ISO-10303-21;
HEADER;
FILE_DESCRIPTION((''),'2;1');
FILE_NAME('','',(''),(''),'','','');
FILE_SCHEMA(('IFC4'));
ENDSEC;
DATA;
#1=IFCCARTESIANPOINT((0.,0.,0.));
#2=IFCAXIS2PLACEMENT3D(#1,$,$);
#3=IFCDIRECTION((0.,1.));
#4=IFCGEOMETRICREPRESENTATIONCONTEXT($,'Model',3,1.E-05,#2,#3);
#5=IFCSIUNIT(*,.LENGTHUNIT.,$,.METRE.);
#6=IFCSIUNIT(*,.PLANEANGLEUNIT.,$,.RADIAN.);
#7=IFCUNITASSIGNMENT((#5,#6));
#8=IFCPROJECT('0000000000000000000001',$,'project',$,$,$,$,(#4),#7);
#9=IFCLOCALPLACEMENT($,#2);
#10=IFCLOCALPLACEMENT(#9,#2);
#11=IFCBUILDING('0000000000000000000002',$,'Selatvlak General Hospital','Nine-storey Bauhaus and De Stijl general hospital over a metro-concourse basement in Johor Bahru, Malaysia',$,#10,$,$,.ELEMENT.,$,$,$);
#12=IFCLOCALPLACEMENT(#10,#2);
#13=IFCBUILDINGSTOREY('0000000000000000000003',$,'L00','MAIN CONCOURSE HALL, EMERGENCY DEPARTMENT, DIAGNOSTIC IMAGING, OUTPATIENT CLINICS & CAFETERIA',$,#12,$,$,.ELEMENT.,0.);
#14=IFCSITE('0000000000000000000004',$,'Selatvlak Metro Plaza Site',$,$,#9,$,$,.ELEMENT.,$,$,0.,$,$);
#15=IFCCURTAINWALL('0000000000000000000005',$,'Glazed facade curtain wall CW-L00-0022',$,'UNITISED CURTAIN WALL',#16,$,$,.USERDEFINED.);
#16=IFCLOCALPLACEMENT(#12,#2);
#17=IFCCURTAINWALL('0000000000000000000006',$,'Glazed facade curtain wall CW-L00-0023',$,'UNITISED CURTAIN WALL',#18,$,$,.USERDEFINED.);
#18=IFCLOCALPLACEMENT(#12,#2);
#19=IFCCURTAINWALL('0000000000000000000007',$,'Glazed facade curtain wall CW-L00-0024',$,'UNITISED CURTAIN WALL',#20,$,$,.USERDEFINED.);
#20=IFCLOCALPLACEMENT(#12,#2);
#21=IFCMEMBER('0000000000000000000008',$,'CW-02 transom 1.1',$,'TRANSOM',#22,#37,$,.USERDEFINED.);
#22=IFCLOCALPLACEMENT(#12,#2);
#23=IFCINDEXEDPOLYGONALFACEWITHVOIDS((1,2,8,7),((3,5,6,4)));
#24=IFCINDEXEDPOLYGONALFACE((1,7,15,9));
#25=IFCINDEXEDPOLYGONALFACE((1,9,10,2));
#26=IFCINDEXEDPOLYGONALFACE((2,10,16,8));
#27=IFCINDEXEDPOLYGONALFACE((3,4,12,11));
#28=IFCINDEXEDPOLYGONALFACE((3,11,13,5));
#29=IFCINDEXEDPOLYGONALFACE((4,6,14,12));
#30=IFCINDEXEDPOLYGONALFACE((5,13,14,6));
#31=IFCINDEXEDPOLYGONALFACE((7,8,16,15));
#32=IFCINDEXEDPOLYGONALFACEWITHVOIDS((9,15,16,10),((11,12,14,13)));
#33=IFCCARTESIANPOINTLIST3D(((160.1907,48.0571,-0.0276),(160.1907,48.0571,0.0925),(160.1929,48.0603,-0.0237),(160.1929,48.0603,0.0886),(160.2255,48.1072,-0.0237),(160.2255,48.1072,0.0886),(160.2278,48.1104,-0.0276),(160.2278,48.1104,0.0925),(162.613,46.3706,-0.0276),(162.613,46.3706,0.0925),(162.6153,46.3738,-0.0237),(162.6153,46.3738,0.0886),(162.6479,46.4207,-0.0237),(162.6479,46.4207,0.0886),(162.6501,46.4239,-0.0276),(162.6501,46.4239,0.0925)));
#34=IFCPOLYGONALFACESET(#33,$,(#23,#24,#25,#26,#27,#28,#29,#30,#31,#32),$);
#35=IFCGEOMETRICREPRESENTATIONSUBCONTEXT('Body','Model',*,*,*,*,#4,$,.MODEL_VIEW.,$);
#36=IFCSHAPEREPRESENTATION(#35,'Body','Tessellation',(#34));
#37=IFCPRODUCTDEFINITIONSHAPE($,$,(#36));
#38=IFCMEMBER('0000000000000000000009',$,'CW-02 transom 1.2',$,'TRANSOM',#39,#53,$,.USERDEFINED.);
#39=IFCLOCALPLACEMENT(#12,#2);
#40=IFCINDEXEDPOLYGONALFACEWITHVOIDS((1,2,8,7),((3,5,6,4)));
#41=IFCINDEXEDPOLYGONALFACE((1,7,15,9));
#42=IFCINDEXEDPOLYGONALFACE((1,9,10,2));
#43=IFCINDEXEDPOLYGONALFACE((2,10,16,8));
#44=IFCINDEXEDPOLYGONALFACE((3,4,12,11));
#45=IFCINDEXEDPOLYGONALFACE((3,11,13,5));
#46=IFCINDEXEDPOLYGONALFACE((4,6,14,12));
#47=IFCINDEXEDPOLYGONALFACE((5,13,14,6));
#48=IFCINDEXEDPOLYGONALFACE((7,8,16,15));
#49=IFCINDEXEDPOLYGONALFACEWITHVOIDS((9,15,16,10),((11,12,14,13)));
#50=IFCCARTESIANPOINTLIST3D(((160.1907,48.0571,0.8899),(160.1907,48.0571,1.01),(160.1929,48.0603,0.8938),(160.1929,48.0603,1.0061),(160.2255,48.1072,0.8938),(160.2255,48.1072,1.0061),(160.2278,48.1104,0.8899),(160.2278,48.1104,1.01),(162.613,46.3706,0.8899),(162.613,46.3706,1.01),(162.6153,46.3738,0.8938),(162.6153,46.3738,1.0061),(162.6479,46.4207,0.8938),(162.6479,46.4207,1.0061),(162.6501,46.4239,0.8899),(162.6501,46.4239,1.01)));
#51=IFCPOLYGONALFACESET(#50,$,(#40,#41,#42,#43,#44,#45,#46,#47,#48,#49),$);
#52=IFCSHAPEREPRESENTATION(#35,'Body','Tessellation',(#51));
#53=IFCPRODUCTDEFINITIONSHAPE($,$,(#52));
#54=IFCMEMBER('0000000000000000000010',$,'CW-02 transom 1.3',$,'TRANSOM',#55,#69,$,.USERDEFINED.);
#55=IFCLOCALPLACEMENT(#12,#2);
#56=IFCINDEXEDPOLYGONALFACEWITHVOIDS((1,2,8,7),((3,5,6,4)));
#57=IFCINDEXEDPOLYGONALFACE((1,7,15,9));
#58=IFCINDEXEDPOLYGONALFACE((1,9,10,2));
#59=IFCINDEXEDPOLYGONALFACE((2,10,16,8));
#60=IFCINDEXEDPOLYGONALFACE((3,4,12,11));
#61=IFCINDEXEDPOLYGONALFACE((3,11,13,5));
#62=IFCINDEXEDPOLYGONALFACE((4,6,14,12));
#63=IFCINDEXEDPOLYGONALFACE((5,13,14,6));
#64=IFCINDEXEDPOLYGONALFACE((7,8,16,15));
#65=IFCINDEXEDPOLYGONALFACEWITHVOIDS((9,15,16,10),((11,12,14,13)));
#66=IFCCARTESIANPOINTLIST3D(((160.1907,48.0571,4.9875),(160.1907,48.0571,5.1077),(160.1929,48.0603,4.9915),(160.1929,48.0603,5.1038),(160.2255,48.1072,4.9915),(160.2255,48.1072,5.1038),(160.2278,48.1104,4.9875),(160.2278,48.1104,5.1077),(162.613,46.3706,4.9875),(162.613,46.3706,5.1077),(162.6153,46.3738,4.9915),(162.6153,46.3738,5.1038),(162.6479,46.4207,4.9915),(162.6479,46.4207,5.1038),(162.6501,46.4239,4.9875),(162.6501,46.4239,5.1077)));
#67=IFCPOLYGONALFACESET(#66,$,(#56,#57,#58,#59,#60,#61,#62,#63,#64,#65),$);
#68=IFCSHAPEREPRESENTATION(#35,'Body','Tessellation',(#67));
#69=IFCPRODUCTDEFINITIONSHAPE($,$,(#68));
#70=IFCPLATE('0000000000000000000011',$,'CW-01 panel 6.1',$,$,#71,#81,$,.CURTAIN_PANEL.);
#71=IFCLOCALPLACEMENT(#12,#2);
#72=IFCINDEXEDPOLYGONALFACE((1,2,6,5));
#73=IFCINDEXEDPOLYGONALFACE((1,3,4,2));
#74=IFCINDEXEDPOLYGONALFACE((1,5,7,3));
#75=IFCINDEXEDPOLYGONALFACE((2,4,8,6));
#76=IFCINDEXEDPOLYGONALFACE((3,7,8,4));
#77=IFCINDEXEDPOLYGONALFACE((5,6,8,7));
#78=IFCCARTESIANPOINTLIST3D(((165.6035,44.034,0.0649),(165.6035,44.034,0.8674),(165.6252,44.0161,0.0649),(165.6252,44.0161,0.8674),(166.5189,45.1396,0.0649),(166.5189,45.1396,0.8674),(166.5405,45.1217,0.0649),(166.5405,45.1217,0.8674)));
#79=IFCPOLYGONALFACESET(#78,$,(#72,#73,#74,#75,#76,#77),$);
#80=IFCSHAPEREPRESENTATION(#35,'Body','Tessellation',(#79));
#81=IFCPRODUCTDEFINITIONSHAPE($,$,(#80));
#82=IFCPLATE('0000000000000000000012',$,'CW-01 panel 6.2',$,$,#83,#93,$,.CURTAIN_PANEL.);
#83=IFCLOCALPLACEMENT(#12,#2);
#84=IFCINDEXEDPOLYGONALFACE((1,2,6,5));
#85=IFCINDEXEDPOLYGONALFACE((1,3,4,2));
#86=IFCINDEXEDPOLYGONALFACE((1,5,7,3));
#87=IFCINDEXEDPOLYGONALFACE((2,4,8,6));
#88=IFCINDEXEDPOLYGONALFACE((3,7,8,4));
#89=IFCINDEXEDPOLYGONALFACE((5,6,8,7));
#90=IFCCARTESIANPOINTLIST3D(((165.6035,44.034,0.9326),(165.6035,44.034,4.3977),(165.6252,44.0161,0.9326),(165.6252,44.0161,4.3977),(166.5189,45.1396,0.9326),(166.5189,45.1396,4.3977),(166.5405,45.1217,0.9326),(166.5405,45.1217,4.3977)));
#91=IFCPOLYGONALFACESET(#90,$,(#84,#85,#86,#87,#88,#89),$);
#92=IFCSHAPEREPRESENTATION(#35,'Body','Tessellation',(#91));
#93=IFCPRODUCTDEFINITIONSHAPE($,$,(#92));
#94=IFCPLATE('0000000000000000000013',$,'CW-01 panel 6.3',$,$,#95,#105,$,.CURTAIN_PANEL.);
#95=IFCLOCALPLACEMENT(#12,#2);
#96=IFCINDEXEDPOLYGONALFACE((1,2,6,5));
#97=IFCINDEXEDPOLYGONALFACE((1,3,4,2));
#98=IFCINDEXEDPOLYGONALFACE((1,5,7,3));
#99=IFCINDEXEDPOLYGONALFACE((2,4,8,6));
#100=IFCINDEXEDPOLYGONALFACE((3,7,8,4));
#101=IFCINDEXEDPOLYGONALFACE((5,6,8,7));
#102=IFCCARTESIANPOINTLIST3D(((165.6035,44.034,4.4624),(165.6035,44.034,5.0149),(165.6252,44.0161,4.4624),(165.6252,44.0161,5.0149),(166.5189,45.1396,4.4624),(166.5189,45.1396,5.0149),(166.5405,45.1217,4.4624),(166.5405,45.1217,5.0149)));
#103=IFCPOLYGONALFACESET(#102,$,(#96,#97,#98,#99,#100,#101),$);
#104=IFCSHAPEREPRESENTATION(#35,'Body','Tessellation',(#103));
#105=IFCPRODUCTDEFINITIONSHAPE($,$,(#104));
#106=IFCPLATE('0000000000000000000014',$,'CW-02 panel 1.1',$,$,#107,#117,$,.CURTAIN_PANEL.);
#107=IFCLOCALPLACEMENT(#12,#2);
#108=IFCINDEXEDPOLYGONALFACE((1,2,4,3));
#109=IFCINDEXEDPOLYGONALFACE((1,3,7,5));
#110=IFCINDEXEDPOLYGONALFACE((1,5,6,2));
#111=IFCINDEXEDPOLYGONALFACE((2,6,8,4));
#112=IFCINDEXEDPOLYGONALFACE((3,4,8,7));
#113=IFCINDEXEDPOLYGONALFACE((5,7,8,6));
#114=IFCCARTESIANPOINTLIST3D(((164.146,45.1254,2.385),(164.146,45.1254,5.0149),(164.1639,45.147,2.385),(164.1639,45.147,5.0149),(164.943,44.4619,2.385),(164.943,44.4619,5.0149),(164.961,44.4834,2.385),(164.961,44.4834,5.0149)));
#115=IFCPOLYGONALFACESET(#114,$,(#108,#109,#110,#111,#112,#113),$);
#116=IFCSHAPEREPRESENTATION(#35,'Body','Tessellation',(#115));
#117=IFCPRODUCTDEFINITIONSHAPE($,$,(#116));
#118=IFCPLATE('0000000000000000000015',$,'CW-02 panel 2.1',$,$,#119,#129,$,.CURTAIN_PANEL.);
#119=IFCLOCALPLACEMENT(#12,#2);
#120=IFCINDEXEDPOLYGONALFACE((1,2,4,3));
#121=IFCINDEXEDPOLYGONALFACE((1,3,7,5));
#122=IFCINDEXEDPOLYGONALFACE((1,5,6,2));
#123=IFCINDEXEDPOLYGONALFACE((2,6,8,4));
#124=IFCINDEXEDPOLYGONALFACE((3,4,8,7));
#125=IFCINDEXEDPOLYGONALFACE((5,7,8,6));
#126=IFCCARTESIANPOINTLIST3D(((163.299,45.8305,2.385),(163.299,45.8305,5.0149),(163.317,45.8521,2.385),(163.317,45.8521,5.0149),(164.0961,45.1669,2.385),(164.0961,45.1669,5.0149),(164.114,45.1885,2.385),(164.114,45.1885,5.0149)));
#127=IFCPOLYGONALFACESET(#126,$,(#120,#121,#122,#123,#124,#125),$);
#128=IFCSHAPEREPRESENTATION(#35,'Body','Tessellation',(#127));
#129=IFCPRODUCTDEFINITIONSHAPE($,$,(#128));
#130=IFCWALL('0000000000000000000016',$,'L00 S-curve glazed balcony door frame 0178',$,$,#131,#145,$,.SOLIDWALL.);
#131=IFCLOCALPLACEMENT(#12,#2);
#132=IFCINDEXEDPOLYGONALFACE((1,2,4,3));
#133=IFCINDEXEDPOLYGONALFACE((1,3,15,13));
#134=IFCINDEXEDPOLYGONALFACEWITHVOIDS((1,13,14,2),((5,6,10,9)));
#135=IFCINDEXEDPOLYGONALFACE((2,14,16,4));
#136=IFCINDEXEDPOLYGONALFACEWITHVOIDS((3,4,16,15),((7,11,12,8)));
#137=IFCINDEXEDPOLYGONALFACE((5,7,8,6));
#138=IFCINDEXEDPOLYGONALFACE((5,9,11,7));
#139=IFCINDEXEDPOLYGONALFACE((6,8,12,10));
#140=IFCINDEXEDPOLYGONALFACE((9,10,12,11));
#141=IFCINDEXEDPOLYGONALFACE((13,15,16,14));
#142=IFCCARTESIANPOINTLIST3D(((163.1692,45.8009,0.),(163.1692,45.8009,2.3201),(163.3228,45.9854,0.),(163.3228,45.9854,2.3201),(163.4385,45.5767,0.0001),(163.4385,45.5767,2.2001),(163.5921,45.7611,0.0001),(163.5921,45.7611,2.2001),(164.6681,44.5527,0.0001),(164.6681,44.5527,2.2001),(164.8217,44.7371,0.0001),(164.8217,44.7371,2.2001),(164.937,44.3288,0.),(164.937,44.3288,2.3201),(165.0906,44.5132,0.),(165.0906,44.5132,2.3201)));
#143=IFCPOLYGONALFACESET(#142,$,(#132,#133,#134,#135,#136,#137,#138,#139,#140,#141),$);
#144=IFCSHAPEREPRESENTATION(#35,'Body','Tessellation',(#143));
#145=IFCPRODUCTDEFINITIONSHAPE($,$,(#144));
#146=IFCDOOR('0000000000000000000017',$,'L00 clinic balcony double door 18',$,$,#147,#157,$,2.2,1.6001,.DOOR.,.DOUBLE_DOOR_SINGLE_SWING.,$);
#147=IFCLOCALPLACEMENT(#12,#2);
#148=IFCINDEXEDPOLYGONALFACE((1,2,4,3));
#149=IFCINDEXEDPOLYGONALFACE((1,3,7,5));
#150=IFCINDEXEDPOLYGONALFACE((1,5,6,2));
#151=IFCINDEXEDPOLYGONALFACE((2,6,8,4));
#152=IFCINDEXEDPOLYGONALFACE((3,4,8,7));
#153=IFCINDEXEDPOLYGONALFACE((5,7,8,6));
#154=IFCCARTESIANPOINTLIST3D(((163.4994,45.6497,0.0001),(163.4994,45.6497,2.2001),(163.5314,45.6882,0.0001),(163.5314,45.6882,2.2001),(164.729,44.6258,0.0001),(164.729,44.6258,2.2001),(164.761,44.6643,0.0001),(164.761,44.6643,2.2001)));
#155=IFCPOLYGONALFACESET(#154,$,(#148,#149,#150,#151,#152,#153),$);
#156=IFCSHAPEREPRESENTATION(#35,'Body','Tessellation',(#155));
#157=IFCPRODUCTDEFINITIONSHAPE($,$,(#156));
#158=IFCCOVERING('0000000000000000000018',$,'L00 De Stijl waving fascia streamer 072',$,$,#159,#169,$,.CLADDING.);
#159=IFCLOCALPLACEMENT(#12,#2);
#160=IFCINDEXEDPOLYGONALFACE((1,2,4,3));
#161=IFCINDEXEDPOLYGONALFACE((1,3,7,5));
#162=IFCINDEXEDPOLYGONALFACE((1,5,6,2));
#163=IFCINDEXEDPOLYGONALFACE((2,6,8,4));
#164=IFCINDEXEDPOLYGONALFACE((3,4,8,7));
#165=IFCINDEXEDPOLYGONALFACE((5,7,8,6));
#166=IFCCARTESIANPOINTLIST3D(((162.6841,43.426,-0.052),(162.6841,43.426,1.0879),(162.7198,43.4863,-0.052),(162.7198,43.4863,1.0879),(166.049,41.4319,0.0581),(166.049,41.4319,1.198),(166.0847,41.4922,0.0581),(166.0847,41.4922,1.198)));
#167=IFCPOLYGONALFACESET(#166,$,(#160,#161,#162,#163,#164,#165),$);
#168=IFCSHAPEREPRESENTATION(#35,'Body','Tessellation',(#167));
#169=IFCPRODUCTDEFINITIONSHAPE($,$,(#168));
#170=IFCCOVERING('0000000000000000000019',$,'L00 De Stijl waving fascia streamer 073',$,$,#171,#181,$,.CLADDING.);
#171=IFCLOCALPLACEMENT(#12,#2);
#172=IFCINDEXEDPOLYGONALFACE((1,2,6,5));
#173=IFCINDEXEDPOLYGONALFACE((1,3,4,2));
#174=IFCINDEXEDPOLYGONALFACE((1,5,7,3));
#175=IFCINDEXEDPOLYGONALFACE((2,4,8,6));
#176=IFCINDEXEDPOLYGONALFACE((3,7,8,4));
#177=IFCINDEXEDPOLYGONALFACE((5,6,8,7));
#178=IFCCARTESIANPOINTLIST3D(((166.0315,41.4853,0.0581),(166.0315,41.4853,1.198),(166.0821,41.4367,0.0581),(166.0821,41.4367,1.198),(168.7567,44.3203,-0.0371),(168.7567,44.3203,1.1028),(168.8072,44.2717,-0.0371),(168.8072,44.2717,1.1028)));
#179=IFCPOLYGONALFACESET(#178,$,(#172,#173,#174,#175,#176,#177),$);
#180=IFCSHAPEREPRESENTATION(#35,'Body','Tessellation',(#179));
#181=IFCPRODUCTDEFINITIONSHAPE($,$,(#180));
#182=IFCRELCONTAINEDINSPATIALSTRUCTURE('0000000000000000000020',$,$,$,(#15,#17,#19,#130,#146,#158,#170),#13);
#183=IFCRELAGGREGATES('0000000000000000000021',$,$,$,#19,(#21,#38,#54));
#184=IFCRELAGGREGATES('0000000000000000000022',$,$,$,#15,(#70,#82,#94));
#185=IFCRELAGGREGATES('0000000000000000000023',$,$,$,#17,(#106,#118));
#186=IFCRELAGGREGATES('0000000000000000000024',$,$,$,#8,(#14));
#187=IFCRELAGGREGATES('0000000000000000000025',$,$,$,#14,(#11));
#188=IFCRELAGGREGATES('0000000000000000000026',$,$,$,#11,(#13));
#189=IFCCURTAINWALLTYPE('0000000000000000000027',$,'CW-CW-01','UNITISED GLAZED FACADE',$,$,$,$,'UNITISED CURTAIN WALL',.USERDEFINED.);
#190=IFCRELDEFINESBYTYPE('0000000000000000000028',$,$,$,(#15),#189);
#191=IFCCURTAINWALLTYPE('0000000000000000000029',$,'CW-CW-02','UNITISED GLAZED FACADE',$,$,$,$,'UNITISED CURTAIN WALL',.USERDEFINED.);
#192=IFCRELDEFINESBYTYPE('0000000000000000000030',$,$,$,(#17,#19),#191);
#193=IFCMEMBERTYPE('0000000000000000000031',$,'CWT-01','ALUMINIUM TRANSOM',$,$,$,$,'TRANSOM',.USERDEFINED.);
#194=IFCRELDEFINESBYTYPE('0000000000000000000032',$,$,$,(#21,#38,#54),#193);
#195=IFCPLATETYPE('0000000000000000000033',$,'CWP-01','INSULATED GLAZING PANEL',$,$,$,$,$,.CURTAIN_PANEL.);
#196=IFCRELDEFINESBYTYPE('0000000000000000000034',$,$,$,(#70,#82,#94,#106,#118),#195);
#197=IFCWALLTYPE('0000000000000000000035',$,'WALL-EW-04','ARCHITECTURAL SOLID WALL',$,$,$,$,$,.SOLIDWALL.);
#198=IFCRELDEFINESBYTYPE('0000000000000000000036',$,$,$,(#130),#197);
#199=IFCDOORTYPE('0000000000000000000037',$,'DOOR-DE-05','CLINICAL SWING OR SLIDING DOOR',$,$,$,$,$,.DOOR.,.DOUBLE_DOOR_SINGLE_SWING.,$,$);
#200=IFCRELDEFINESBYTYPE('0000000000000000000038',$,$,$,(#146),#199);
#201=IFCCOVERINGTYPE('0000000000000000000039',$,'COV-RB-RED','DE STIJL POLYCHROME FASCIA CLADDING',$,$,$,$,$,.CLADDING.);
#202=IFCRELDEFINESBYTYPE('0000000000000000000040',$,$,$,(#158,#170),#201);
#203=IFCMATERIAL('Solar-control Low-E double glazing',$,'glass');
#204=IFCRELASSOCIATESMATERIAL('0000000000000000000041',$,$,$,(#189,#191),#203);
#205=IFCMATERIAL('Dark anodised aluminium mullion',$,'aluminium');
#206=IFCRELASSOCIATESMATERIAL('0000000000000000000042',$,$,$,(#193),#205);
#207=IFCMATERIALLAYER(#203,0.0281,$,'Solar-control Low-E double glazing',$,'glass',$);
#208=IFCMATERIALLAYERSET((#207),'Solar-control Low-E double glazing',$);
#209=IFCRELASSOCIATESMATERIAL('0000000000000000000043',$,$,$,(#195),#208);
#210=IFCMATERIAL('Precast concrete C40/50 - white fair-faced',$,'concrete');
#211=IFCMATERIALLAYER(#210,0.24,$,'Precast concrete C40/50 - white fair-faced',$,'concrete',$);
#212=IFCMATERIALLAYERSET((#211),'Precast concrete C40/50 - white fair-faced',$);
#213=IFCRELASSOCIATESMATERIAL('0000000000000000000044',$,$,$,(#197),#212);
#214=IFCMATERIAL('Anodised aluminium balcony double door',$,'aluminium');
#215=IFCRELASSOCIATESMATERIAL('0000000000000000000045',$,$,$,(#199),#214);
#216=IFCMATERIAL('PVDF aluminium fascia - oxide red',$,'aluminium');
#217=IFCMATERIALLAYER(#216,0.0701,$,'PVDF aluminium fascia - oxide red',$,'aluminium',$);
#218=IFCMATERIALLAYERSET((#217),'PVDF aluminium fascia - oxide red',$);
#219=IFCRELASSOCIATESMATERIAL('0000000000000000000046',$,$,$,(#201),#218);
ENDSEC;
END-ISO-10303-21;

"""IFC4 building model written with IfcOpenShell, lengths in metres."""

from ifc_helpers import new_model, si_unit, direction, frame, frame_2d, origin, origin_2d, place, context, subcontext, project, spatial, polyline, rectangle, hollow_rectangle, outline, extrude, material, layer, layer_set, material_profile, profile_set, type_object, element, fill, aggregate, save


model = new_model("IFC4")

# Units and contexts
model_context = context("Model", 3, precision=1e-05, world=origin(), true_north=direction((0.0, 1.0)))
body_context = subcontext(model_context, "Body", "Model", "MODEL_VIEW")
ifc_project = project(units=[si_unit("LENGTHUNIT", "METRE"), si_unit("PLANEANGLEUNIT", "RADIAN")], contexts=[model_context])

# Site, building, storey
site_placement = place(None, origin())
site = spatial("IfcSite", under=ifc_project, at=site_placement, Name="Selatvlak Metro Plaza Site", CompositionType="ELEMENT", RefElevation=0.0)
building_placement = place(site_placement, origin())
building = spatial("IfcBuilding", under=site, at=building_placement, Name="Selatvlak General Hospital", Description="Nine-storey Bauhaus and De Stijl general hospital over a metro-concourse basement in Johor Bahru, Malaysia", CompositionType="ELEMENT")
storey_placement = place(building_placement, origin())
storey = spatial("IfcBuildingStorey", under=building, at=storey_placement, Name="L00", Description="MAIN CONCOURSE HALL, EMERGENCY DEPARTMENT, DIAGNOSTIC IMAGING, OUTPATIENT CLINICS & CAFETERIA", CompositionType="ELEMENT", Elevation=0.0)

# Curtain wall
ifc_material_1 = material(Name="Solar-control Low-E double glazing", Category="glass")
curtain_wall_type_1 = type_object("IfcCurtainWallType", Name="CW-CW-01", Description="UNITISED GLAZED FACADE", ElementType="UNITISED CURTAIN WALL", PredefinedType="USERDEFINED", material=ifc_material_1)
curtain_wall_1_placement = place(storey_placement, origin())
curtain_wall_1 = element("IfcCurtainWall", 1, at=curtain_wall_1_placement, inside=storey, type_object=curtain_wall_type_1, Name="Glazed facade curtain wall CW-L00-0022", ObjectType="UNITISED CURTAIN WALL", PredefinedType="USERDEFINED")
ifc_material_2 = material(Name="Dark anodised aluminium mullion", Category="aluminium")

# Curtain wall
curtain_wall_type_2 = type_object("IfcCurtainWallType", Name="CW-CW-02", Description="UNITISED GLAZED FACADE", ElementType="UNITISED CURTAIN WALL", PredefinedType="USERDEFINED", material=ifc_material_1)
curtain_wall_2_placement = place(storey_placement, origin())
curtain_wall_2 = element("IfcCurtainWall", 2, at=curtain_wall_2_placement, inside=storey, type_object=curtain_wall_type_2, Name="Glazed facade curtain wall CW-L00-0023", ObjectType="UNITISED CURTAIN WALL", PredefinedType="USERDEFINED")

# Curtain wall
curtain_wall_3_placement = place(storey_placement, origin())
curtain_wall_3 = element("IfcCurtainWall", 3, at=curtain_wall_3_placement, inside=storey, type_object=curtain_wall_type_2, Name="Glazed facade curtain wall CW-L00-0024", ObjectType="UNITISED CURTAIN WALL", PredefinedType="USERDEFINED")

# Members
ifc_material_profile_1 = material_profile(ifc_material_2, hollow_rectangle(XDim=0.0649, YDim=0.1201, WallThickness=0.0039, at=origin_2d()), Name="AL-TRN 65x120x4")
ifc_profile_set_1 = profile_set([ifc_material_profile_1], Name="Dark anodised aluminium mullion")
member_type_1 = type_object("IfcMemberType", Name="CWT-01", Description="ALUMINIUM TRANSOM", ElementType="TRANSOM", PredefinedType="USERDEFINED", material=ifc_profile_set_1)
member_1_placement = place(storey_placement, frame((162.6316, 46.3972, 0.0325), z_axis=(-0.820683, 0.571384, 0.0), x_axis=(-0.571384, -0.820683, 0.0)))
member_1 = element("IfcMember", 4, at=member_1_placement, type_object=member_type_1, Name="CW-02 transom 1.1", ObjectType="TRANSOM", PredefinedType="USERDEFINED", context=body_context, shape_type="SweptSolid", body=[
    extrude(hollow_rectangle(XDim=0.0649, YDim=0.1201, WallThickness=0.0039, at=origin_2d()), origin(), (0.0, 0.0, 1.0), 2.9517),
])
member_2_placement = place(storey_placement, frame((162.6316, 46.3972, 0.95), z_axis=(-0.820683, 0.571384, 0.0), x_axis=(-0.571384, -0.820683, 0.0)))
member_2 = element("IfcMember", 5, at=member_2_placement, type_object=member_type_1, Name="CW-02 transom 1.2", ObjectType="TRANSOM", PredefinedType="USERDEFINED", context=body_context, shape_type="SweptSolid", body=[
    extrude(hollow_rectangle(XDim=0.0649, YDim=0.1201, WallThickness=0.0039, at=origin_2d()), origin(), (0.0, 0.0, 1.0), 2.9517),
])
member_3_placement = place(storey_placement, frame((162.6316, 46.3972, 5.0476), z_axis=(-0.820683, 0.571384, 0.0), x_axis=(-0.571384, -0.820683, 0.0)))
member_3 = element("IfcMember", 6, at=member_3_placement, type_object=member_type_1, Name="CW-02 transom 1.3", ObjectType="TRANSOM", PredefinedType="USERDEFINED", context=body_context, shape_type="SweptSolid", body=[
    extrude(hollow_rectangle(XDim=0.0649, YDim=0.1201, WallThickness=0.0039, at=origin_2d()), origin(), (0.0, 0.0, 1.0), 2.9517),
])
aggregate(curtain_wall_3, [member_1, member_2, member_3])

# Plates
ifc_layer_1 = layer(ifc_material_1, 0.0281, Name="Solar-control Low-E double glazing", Category="glass")
ifc_layer_set_1 = layer_set([ifc_layer_1], Name="Solar-control Low-E double glazing")
plate_type = type_object("IfcPlateType", Name="CWP-01", Description="INSULATED GLAZING PANEL", PredefinedType="CURTAIN_PANEL", material=ifc_layer_set_1)
plate_1_placement = place(storey_placement, frame((166.072, 44.5779, 0.0649), z_axis=(0.0, 0.0, 1.0), x_axis=(-0.637721, -0.770267, 0.0)))
plate_1 = element("IfcPlate", 7, at=plate_1_placement, type_object=plate_type, Name="CW-01 panel 6.1", PredefinedType="CURTAIN_PANEL", context=body_context, shape_type="SweptSolid", body=[
    extrude(rectangle(XDim=1.4353, YDim=0.0281, at=origin_2d()), origin(), (0.0, 0.0, 1.0), 0.8025),
])
plate_2_placement = place(storey_placement, frame((166.072, 44.5779, 0.9326), z_axis=(0.0, 0.0, 1.0), x_axis=(-0.637721, -0.770267, 0.0)))
plate_2 = element("IfcPlate", 8, at=plate_2_placement, type_object=plate_type, Name="CW-01 panel 6.2", PredefinedType="CURTAIN_PANEL", context=body_context, shape_type="SweptSolid", body=[
    extrude(rectangle(XDim=1.4353, YDim=0.0281, at=origin_2d()), origin(), (0.0, 0.0, 1.0), 3.4651),
])
plate_3_placement = place(storey_placement, frame((166.072, 44.5779, 4.4624), z_axis=(0.0, 0.0, 1.0), x_axis=(-0.637721, -0.770267, 0.0)))
plate_3 = element("IfcPlate", 9, at=plate_3_placement, type_object=plate_type, Name="CW-01 panel 6.3", PredefinedType="CURTAIN_PANEL", context=body_context, shape_type="SweptSolid", body=[
    extrude(rectangle(XDim=1.4353, YDim=0.0281, at=origin_2d()), origin(), (0.0, 0.0, 1.0), 0.5525),
])
aggregate(curtain_wall_1, [plate_1, plate_2, plate_3])
plate_4_placement = place(storey_placement, frame((164.5535, 44.8044, 2.385), z_axis=(0.0, 0.0, 1.0), x_axis=(-0.76851, 0.639838, 0.0)))
plate_4 = element("IfcPlate", 10, at=plate_4_placement, type_object=plate_type, Name="CW-02 panel 1.1", PredefinedType="CURTAIN_PANEL", context=body_context, shape_type="SweptSolid", body=[
    extrude(rectangle(XDim=1.0371, YDim=0.0281, at=origin_2d()), origin(), (0.0, 0.0, 1.0), 2.6299),
])
plate_5_placement = place(storey_placement, frame((163.7065, 45.5095, 2.385), z_axis=(0.0, 0.0, 1.0), x_axis=(-0.76851, 0.639838, 0.0)))
plate_5 = element("IfcPlate", 11, at=plate_5_placement, type_object=plate_type, Name="CW-02 panel 2.1", PredefinedType="CURTAIN_PANEL", context=body_context, shape_type="SweptSolid", body=[
    extrude(rectangle(XDim=1.0371, YDim=0.0281, at=origin_2d()), origin(), (0.0, 0.0, 1.0), 2.6299),
])
aggregate(curtain_wall_2, [plate_4, plate_5])

# Wall, opening, door
ifc_material_3 = material(Name="Precast concrete C40/50 - white fair-faced", Category="concrete")
ifc_layer_2 = layer(ifc_material_3, 0.24, Name="Precast concrete C40/50 - white fair-faced", Category="concrete")
ifc_layer_set_2 = layer_set([ifc_layer_2], Name="Precast concrete C40/50 - white fair-faced")
wall_type = type_object("IfcWallType", Name="WALL-EW-04", Description="ARCHITECTURAL SOLID WALL", PredefinedType="SOLIDWALL", material=ifc_layer_set_2)
wall_placement = place(storey_placement, frame((165.0139, 44.4209, 0.0), z_axis=(0.0, 0.0, 1.0), x_axis=(-0.768439, 0.639923, 0.0)))
wall = element("IfcWall", 12, at=wall_placement, inside=storey, type_object=wall_type, Name="L00 S-curve glazed balcony door frame 0178", PredefinedType="SOLIDWALL", context=body_context, shape_type="SweptSolid", body=[
    extrude(rectangle(XDim=2.3005, YDim=0.24, at=frame_2d((1.1504, 0.0))), origin(), (0.0, 0.0, 1.0), 2.3201),
])
opening_placement = place(wall_placement, frame((0.3501, 0.0, 0.0)))
opening = element("IfcOpeningElement", 13, at=opening_placement, cuts=wall, PredefinedType="OPENING", context=body_context, shape_type="SweptSolid", body=[
    extrude(rectangle(XDim=1.6001, YDim=2.2, at=frame_2d((0.8, 1.1001))), frame((0.0, 0.1299, 0.0), z_axis=(0.0, -1.0, 0.0), x_axis=(1.0, 0.0, 0.0)), (0.0, 0.0, 1.0), 0.26),
])
ifc_material_4 = material(Name="Anodised aluminium balcony double door", Category="aluminium")
door_type = type_object("IfcDoorType", Name="DOOR-DE-05", Description="CLINICAL SWING OR SLIDING DOOR", OperationType="DOUBLE_DOOR_SINGLE_SWING", PredefinedType="DOOR", material=ifc_material_4)
door_placement = place(opening_placement, origin())
door = element("IfcDoor", 14, at=door_placement, inside=storey, type_object=door_type, Name="L00 clinic balcony double door 18", OperationType="DOUBLE_DOOR_SINGLE_SWING", OverallHeight=2.2, OverallWidth=1.6001, PredefinedType="DOOR", context=body_context, shape_type="SweptSolid", body=[
    extrude(rectangle(XDim=1.6001, YDim=2.2, at=frame_2d((0.8, 1.1001))), frame((0.0, 0.0249, 0.0), z_axis=(0.0, -1.0, 0.0), x_axis=(1.0, 0.0, 0.0)), (0.0, 0.0, 1.0), 0.05),
])
fill(opening, door)

# Coverings
ifc_material_5 = material(Name="PVDF aluminium fascia - oxide red", Category="aluminium")
ifc_layer_3 = layer(ifc_material_5, 0.0701, Name="PVDF aluminium fascia - oxide red", Category="aluminium")
ifc_layer_set_3 = layer_set([ifc_layer_3], Name="PVDF aluminium fascia - oxide red")
covering_type = type_object("IfcCoveringType", Name="COV-RB-RED", Description="DE STIJL POLYCHROME FASCIA CLADDING", PredefinedType="CLADDING", material=ifc_layer_set_3)
covering_1_placement = place(storey_placement, frame((162.7019, 43.4561, -0.052), z_axis=(0.0, 0.0, 1.0), x_axis=(0.860283, -0.509816, 0.0)))
element("IfcCovering", 15, at=covering_1_placement, inside=storey, type_object=covering_type, Name="L00 De Stijl waving fascia streamer 072", PredefinedType="CLADDING", context=body_context, shape_type="SweptSolid", body=[
    extrude(outline(polyline([(0.0, 0.0), (3.9114, 0.1101), (3.9114, 1.25), (0.0, 1.1399), (0.0, 0.0)])), frame((0.0, 0.0352, 0.0), z_axis=(0.0, -1.0, 0.0), x_axis=(1.0, 0.0, 0.0)), (0.0, 0.0, 1.0), 0.0701),
])
covering_2_placement = place(storey_placement, frame((166.0569, 41.4609, 0.0581), z_axis=(0.0, 0.0, 1.0), x_axis=(0.693, 0.720938, 0.0)))
element("IfcCovering", 16, at=covering_2_placement, inside=storey, type_object=covering_type, Name="L00 De Stijl waving fascia streamer 073", PredefinedType="CLADDING", context=body_context, shape_type="SweptSolid", body=[
    extrude(outline(polyline([(0.0, 0.0), (3.9324, -0.0952), (3.9324, 1.0447), (0.0, 1.1399), (0.0, 0.0)])), frame((0.0, 0.0352, 0.0), z_axis=(0.0, -1.0, 0.0), x_axis=(1.0, 0.0, 0.0)), (0.0, 0.0, 1.0), 0.0701),
])

save(model, "model.ifc")
